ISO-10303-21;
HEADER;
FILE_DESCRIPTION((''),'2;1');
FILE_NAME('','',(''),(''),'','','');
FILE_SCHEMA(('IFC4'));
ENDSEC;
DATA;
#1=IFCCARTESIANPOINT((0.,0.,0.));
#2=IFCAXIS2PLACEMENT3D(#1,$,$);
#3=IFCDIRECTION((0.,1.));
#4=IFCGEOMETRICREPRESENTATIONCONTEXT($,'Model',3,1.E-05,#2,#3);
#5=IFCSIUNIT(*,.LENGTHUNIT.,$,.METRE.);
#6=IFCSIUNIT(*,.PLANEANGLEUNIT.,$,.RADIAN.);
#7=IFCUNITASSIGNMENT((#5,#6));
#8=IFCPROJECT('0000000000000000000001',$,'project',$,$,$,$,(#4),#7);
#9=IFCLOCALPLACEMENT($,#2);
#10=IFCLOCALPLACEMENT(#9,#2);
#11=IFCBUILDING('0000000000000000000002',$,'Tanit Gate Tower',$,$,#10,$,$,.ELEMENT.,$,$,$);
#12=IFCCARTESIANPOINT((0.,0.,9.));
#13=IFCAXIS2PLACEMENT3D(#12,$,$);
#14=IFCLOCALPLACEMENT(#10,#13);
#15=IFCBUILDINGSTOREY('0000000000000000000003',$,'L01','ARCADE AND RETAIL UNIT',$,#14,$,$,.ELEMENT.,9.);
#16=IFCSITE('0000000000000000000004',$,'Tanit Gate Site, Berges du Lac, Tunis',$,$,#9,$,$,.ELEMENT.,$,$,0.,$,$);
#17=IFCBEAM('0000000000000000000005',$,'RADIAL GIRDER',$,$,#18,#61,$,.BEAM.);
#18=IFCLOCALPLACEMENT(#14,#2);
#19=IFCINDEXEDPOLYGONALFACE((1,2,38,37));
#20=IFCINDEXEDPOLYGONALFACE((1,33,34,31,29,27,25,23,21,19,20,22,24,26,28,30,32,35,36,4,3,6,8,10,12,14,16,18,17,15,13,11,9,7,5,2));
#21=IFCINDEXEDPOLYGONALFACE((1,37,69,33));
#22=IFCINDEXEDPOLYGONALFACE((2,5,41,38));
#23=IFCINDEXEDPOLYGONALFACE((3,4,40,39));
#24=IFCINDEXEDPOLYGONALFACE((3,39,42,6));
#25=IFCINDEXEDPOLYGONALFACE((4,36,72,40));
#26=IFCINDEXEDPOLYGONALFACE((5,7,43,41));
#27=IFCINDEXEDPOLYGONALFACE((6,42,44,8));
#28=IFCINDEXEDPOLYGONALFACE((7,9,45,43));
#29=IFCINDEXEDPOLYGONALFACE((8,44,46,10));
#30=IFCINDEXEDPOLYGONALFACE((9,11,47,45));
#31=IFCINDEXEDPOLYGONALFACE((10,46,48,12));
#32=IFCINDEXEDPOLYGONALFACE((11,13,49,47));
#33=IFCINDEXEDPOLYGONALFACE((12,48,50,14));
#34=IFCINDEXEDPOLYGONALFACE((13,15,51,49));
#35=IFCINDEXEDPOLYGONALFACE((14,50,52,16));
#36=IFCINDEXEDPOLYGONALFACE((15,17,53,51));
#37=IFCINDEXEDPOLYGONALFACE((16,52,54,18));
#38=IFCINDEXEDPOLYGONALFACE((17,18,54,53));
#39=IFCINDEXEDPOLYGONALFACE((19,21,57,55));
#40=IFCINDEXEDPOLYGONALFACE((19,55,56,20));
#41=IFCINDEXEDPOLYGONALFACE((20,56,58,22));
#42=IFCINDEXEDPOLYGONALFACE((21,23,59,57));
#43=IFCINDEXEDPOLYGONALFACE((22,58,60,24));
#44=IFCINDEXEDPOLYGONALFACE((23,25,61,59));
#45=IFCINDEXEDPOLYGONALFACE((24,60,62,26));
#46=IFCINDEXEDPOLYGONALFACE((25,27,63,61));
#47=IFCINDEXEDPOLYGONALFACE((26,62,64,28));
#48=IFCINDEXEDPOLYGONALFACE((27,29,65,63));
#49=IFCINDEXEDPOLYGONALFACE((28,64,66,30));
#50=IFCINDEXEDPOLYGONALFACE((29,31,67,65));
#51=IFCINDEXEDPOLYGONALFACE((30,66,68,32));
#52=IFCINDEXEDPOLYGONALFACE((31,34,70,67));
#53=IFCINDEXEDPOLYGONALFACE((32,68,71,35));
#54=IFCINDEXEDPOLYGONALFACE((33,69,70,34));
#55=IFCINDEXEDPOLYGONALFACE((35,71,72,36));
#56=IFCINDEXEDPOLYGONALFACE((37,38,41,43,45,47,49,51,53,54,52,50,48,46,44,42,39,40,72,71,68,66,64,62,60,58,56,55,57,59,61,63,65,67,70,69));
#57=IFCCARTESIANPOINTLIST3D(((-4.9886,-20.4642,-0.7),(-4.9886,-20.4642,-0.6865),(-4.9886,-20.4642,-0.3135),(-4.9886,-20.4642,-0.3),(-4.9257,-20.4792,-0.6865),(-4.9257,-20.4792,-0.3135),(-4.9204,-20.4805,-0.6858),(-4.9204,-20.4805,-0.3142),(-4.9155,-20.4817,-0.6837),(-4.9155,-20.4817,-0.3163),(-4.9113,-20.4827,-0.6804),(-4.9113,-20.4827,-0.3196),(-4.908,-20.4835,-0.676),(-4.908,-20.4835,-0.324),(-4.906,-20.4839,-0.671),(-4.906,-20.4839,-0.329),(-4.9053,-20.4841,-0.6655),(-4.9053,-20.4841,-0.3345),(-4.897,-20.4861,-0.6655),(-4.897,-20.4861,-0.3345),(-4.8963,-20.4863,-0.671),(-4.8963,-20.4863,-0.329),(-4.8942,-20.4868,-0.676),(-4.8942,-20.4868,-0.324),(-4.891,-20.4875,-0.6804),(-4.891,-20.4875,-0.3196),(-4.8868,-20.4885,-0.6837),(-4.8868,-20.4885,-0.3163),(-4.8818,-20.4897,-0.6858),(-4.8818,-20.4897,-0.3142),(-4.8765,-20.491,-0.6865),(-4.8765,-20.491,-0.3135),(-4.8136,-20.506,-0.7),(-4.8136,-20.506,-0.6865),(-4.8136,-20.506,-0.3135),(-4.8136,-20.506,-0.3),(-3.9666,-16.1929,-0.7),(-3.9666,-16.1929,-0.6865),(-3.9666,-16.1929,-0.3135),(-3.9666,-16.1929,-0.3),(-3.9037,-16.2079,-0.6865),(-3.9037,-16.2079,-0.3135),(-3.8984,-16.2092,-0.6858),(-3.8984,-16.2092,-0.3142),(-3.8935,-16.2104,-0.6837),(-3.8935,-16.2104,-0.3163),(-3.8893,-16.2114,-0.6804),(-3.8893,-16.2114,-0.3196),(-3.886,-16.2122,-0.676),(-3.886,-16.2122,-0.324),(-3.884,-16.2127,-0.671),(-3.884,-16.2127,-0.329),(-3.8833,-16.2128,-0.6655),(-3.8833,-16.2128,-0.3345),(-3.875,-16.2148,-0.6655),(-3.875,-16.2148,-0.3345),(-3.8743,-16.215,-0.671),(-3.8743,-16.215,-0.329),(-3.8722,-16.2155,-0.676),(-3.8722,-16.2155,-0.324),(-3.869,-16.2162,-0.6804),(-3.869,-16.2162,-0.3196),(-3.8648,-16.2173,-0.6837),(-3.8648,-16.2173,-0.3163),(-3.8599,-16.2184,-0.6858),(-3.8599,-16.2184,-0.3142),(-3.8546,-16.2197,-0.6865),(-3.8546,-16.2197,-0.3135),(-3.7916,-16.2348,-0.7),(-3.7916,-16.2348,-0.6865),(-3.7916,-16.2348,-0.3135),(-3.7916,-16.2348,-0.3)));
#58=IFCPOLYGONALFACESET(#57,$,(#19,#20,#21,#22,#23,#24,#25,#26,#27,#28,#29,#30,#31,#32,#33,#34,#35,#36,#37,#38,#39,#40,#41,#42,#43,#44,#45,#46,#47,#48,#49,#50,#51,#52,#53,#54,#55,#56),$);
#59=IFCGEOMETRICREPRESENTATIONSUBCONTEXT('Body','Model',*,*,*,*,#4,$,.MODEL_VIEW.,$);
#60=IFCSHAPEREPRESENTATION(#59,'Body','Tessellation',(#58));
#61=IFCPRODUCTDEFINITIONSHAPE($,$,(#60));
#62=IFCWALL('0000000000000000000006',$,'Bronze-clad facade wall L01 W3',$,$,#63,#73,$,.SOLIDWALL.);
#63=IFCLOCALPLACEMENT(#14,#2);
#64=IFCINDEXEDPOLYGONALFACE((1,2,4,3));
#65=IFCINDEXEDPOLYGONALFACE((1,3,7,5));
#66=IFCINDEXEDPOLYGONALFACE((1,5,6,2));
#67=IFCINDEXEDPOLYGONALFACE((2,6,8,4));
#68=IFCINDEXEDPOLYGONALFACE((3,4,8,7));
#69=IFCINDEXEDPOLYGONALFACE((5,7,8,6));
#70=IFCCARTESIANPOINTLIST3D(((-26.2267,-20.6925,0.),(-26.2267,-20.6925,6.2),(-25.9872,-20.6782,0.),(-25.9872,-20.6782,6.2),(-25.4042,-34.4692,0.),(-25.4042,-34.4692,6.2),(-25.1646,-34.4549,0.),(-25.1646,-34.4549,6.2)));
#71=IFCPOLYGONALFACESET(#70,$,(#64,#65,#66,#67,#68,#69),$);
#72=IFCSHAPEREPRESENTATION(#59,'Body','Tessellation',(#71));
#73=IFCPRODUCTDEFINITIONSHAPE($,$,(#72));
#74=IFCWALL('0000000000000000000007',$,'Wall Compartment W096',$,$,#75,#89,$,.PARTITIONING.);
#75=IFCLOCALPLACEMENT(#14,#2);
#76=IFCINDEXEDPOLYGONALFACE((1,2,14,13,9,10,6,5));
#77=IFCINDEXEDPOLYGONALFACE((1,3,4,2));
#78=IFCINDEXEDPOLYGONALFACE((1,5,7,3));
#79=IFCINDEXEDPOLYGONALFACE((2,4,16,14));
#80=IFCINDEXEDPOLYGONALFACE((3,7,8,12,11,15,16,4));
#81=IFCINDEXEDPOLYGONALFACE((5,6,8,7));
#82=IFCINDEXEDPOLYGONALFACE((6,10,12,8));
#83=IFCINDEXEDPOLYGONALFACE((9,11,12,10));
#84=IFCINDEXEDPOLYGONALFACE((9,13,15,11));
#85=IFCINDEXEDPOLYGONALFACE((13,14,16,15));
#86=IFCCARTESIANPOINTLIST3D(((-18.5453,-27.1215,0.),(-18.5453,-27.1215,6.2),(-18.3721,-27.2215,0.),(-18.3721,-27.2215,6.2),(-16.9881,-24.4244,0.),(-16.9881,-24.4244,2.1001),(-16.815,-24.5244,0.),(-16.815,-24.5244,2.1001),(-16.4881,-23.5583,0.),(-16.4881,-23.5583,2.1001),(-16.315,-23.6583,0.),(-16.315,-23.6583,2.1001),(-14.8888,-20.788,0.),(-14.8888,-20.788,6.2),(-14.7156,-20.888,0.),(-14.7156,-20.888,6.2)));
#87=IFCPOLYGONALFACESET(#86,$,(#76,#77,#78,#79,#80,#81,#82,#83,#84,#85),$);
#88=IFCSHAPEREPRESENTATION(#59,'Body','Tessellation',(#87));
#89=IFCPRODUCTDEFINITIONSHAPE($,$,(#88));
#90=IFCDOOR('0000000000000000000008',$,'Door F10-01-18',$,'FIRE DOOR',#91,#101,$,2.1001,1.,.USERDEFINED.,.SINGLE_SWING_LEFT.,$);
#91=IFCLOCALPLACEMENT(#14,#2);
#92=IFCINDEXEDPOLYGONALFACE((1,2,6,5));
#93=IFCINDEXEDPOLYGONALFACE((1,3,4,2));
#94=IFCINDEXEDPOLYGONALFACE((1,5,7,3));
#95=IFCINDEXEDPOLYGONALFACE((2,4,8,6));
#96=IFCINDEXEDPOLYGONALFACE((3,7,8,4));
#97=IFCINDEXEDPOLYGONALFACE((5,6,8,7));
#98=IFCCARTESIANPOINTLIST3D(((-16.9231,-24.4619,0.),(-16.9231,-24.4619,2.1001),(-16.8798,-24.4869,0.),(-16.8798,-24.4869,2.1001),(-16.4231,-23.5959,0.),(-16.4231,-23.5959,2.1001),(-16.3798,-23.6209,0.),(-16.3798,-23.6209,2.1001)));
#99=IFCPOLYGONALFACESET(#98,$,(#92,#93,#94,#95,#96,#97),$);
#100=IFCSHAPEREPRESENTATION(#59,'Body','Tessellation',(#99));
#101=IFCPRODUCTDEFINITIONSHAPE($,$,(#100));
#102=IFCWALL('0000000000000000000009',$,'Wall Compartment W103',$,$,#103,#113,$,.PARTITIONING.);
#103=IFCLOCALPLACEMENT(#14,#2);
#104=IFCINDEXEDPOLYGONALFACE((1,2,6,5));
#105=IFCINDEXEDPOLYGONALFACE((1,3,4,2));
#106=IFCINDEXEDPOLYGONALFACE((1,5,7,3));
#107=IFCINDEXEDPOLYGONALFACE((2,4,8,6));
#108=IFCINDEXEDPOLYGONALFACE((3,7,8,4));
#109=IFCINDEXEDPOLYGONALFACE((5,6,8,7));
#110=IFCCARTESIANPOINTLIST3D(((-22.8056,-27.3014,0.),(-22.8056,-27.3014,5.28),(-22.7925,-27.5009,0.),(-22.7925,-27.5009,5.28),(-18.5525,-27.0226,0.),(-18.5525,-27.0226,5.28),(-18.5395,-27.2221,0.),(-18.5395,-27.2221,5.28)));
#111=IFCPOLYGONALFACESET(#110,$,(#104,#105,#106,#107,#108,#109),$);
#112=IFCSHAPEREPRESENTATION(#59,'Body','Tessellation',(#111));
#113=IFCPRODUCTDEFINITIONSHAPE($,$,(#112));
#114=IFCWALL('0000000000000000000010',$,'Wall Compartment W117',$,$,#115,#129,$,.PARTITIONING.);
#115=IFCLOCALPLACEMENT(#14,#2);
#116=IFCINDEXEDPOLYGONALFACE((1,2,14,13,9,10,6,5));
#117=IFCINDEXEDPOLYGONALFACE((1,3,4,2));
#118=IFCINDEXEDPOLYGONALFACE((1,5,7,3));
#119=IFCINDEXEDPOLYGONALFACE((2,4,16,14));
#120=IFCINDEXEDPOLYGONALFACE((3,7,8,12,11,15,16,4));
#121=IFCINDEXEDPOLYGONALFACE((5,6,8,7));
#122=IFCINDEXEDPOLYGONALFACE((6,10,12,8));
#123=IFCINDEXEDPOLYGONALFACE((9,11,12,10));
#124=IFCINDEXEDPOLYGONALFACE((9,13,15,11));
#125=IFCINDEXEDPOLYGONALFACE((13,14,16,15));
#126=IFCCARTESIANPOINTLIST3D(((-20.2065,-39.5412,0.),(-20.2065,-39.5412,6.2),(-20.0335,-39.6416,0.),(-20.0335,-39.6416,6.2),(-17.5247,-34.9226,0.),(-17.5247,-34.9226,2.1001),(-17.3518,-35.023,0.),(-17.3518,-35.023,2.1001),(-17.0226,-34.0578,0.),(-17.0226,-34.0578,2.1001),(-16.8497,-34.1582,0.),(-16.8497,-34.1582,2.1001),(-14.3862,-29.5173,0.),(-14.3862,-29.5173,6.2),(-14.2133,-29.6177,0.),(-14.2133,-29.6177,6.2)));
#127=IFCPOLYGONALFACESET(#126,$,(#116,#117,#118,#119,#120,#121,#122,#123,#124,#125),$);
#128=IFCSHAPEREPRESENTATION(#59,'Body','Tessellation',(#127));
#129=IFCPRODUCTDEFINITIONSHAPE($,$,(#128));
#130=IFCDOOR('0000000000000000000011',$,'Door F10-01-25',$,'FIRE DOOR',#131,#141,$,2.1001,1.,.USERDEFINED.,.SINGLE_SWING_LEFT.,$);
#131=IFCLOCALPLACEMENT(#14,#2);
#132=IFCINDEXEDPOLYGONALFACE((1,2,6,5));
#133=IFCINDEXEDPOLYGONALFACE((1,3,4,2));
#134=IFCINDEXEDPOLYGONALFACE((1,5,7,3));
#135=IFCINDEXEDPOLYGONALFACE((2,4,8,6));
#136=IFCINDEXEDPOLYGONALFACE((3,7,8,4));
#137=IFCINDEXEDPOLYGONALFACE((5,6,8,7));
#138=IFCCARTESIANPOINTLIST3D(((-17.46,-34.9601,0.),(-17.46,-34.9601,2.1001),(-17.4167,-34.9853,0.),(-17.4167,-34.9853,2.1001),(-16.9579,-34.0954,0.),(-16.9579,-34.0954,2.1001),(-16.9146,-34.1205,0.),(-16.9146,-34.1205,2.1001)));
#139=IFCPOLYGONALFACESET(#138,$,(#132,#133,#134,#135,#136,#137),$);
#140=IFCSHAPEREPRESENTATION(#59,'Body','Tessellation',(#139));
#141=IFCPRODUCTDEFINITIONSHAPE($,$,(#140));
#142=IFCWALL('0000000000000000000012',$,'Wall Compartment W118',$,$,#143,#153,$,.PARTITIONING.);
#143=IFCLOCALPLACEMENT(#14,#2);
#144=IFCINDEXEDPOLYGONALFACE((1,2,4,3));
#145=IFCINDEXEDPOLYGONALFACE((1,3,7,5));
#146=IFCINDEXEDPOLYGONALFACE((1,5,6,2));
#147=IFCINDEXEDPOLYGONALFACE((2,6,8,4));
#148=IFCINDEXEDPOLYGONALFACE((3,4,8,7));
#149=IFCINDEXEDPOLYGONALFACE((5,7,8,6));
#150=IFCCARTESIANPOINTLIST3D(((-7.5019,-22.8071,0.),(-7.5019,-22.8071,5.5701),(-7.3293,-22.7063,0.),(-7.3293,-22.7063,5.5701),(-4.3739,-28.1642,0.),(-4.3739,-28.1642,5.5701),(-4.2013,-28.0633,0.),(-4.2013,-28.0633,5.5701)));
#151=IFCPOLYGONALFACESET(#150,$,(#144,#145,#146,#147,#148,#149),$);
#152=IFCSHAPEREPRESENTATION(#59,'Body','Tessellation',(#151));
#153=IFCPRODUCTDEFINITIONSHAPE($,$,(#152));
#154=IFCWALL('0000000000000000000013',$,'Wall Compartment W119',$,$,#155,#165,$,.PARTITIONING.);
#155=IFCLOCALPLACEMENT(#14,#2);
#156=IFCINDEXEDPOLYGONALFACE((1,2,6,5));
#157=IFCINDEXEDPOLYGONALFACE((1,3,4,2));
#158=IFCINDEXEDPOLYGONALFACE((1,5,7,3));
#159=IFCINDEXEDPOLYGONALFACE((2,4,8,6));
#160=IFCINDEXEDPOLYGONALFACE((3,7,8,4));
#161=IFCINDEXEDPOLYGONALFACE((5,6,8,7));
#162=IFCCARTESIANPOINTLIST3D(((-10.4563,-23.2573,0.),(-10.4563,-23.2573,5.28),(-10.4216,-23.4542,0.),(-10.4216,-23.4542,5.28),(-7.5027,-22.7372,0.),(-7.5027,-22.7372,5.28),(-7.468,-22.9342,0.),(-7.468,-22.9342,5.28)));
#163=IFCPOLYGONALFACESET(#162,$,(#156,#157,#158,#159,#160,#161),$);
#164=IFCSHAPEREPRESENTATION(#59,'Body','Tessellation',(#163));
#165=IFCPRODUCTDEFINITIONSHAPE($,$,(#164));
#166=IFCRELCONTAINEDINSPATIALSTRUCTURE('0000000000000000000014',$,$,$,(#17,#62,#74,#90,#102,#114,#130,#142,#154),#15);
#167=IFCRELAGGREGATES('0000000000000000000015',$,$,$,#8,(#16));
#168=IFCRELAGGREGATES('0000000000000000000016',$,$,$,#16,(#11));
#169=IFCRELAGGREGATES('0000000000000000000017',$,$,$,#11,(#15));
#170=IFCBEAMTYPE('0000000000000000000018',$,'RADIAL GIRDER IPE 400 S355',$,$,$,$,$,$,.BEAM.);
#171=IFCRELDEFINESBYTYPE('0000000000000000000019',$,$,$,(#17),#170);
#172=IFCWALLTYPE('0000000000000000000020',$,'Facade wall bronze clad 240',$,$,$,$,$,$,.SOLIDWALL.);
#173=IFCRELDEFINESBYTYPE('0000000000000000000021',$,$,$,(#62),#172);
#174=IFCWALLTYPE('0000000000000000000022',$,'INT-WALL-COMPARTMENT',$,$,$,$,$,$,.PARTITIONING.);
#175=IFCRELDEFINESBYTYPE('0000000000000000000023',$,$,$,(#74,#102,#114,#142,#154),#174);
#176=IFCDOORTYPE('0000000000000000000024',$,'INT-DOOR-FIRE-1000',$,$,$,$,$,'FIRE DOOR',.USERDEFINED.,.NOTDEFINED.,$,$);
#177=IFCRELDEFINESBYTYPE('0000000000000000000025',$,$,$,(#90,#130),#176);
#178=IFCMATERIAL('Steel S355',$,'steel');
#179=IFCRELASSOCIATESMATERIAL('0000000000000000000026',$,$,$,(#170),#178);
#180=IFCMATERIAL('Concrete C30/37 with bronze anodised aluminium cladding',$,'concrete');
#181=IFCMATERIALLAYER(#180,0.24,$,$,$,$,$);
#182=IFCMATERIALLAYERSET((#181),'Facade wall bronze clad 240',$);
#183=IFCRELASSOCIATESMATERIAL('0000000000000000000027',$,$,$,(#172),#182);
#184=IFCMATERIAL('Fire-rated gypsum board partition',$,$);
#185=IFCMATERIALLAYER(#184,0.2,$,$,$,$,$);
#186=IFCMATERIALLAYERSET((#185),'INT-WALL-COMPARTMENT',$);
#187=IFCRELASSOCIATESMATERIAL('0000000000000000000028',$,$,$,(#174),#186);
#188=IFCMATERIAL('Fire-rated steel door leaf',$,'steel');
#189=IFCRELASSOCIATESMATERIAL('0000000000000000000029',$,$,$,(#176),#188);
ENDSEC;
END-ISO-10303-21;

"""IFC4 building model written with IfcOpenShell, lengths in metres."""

from ifc_helpers import new_model, si_unit, direction, frame, frame_2d, origin, origin_2d, place, context, subcontext, project, spatial, rectangle, i_section, extrude, material, layer, layer_set, material_profile, profile_set, type_object, element, fill, save


model = new_model("IFC4")

# Units and contexts
model_context = context("Model", 3, precision=1e-05, world=origin(), true_north=direction((0.0, 1.0)))
body_context = subcontext(model_context, "Body", "Model", "MODEL_VIEW")
ifc_project = project(units=[si_unit("LENGTHUNIT", "METRE"), si_unit("PLANEANGLEUNIT", "RADIAN")], contexts=[model_context])

# Site, building, storey
site_placement = place(None, origin())
site = spatial("IfcSite", under=ifc_project, at=site_placement, Name="Tanit Gate Site, Berges du Lac, Tunis", CompositionType="ELEMENT", RefElevation=0.0)
building_placement = place(site_placement, origin())
building = spatial("IfcBuilding", under=site, at=building_placement, Name="Tanit Gate Tower", CompositionType="ELEMENT")
storey_placement = place(building_placement, frame((0.0, 0.0, 9.0)))
storey = spatial("IfcBuildingStorey", under=building, at=storey_placement, Name="L01", Description="ARCADE AND RETAIL UNIT", CompositionType="ELEMENT", Elevation=9.0)

# Beam
ifc_material_1 = material(Name="Steel S355", Category="steel")
ifc_material_profile_1 = material_profile(ifc_material_1, i_section(OverallWidth=0.1799, OverallDepth=0.3999, WebThickness=0.0085, FlangeThickness=0.0134, FilletRadius=0.021, at=origin_2d()), Name="IPE 400")
ifc_profile_set_1 = profile_set([ifc_material_profile_1], Name="Steel S355")
beam_type_1 = type_object("IfcBeamType", Name="RADIAL GIRDER IPE 400 S355", PredefinedType="BEAM", material=ifc_profile_set_1)
beam_1_placement = place(storey_placement, frame((-4.9011, -20.4851, -0.5), z_axis=(0.2327, 0.972549, 0.0), x_axis=(-0.972549, 0.2327, 0.0)))
element("IfcBeam", 1, at=beam_1_placement, inside=storey, type_object=beam_type_1, Name="RADIAL GIRDER", PredefinedType="BEAM", context=body_context, shape_type="SweptSolid", body=[
    extrude(i_section(OverallWidth=0.1799, OverallDepth=0.3999, WebThickness=0.0085, FlangeThickness=0.0134, FilletRadius=0.021, at=origin_2d()), origin(), (0.0, 0.0, 1.0), 4.3918),
])

# Wall
ifc_material_2 = material(Name="Concrete C30/37 with bronze anodised aluminium cladding", Category="concrete")
ifc_layer_1 = layer(ifc_material_2, 0.24)
ifc_layer_set_1 = layer_set([ifc_layer_1], Name="Facade wall bronze clad 240")
wall_type_1 = type_object("IfcWallType", Name="Facade wall bronze clad 240", PredefinedType="SOLIDWALL", material=ifc_layer_set_1)
wall_1_placement = place(storey_placement, frame((-26.1069, -20.6853, 0.0), z_axis=(0.0, 0.0, 1.0), x_axis=(0.059596, -0.998223, 0.0)))
element("IfcWall", 2, at=wall_1_placement, inside=storey, type_object=wall_type_1, Name="Bronze-clad facade wall L01 W3", PredefinedType="SOLIDWALL", context=body_context, shape_type="SweptSolid", body=[
    extrude(rectangle(XDim=13.8013, YDim=0.24, at=frame_2d((6.9006, 0.0))), origin(), (0.0, 0.0, 1.0), 6.2),
])

# Wall, opening, door
ifc_material_3 = material(Name="Fire-rated gypsum board partition")
ifc_layer_2 = layer(ifc_material_3, 0.2)
ifc_layer_set_2 = layer_set([ifc_layer_2], Name="INT-WALL-COMPARTMENT")
wall_type_2 = type_object("IfcWallType", Name="INT-WALL-COMPARTMENT", PredefinedType="PARTITIONING", material=ifc_layer_set_2)
wall_2_placement = place(storey_placement, frame((-18.4587, -27.1716, 0.0), z_axis=(0.0, 0.0, 1.0), x_axis=(0.499984, 0.866034, 0.0)))
wall_2 = element("IfcWall", 3, at=wall_2_placement, inside=storey, type_object=wall_type_2, Name="Wall Compartment W096", PredefinedType="PARTITIONING", context=body_context, shape_type="SweptSolid", body=[
    extrude(rectangle(XDim=7.3132, YDim=0.2, at=frame_2d((3.6567, 0.0))), origin(), (0.0, 0.0, 1.0), 6.2),
])
opening_1_placement = place(wall_2_placement, frame((3.1145, 0.0, 0.0)))
opening_1 = element("IfcOpeningElement", 4, at=opening_1_placement, cuts=wall_2, PredefinedType="OPENING", context=body_context, shape_type="SweptSolid", body=[
    extrude(rectangle(XDim=1.0, YDim=2.1001, at=frame_2d((0.5, 1.05))), frame((0.0, 0.1099, 0.0), z_axis=(0.0, -1.0, 0.0), x_axis=(1.0, 0.0, 0.0)), (0.0, 0.0, 1.0), 0.22),
])
ifc_material_4 = material(Name="Fire-rated steel door leaf", Category="steel")
door_type_1 = type_object("IfcDoorType", Name="INT-DOOR-FIRE-1000", ElementType="FIRE DOOR", OperationType="NOTDEFINED", PredefinedType="USERDEFINED", material=ifc_material_4)
door_1_placement = place(opening_1_placement, origin())
door_1 = element("IfcDoor", 5, at=door_1_placement, inside=storey, type_object=door_type_1, Name="Door F10-01-18", ObjectType="FIRE DOOR", OperationType="SINGLE_SWING_LEFT", OverallHeight=2.1001, OverallWidth=1.0, PredefinedType="USERDEFINED", context=body_context, shape_type="SweptSolid", body=[
    extrude(rectangle(XDim=1.0, YDim=2.1001, at=frame_2d((0.5, 1.05))), frame((0.0, 0.0249, 0.0), z_axis=(0.0, -1.0, 0.0), x_axis=(1.0, 0.0, 0.0)), (0.0, 0.0, 1.0), 0.05),
])
fill(opening_1, door_1)

# Wall
wall_3_placement = place(storey_placement, frame((-22.7991, -27.4011, 0.0), z_axis=(0.0, 0.0, 1.0), x_axis=(0.997858, 0.065413, 0.0)))
element("IfcWall", 6, at=wall_3_placement, inside=storey, type_object=wall_type_2, Name="Wall Compartment W103", PredefinedType="PARTITIONING", context=body_context, shape_type="SweptSolid", body=[
    extrude(rectangle(XDim=4.2622, YDim=0.2, at=frame_2d((2.1311, 0.0))), origin(), (0.0, 0.0, 1.0), 5.28),
])

# Wall, opening, door
wall_4_placement = place(storey_placement, frame((-14.2998, -29.5676, 0.0), z_axis=(0.0, 0.0, 1.0), x_axis=(-0.502133, -0.86479, 0.0)))
wall_4 = element("IfcWall", 7, at=wall_4_placement, inside=storey, type_object=wall_type_2, Name="Wall Compartment W117", PredefinedType="PARTITIONING", context=body_context, shape_type="SweptSolid", body=[
    extrude(rectangle(XDim=11.5911, YDim=0.2, at=frame_2d((5.7954, 0.0))), origin(), (0.0, 0.0, 1.0), 6.2),
])
opening_2_placement = place(wall_4_placement, frame((5.2502, 0.0, 0.0)))
opening_2 = element("IfcOpeningElement", 8, at=opening_2_placement, cuts=wall_4, PredefinedType="OPENING", context=body_context, shape_type="SweptSolid", body=[
    extrude(rectangle(XDim=1.0, YDim=2.1001, at=frame_2d((0.5, 1.05))), frame((0.0, 0.1099, 0.0), z_axis=(0.0, -1.0, 0.0), x_axis=(1.0, 0.0, 0.0)), (0.0, 0.0, 1.0), 0.22),
])
door_2_placement = place(opening_2_placement, origin())
door_2 = element("IfcDoor", 9, at=door_2_placement, inside=storey, type_object=door_type_1, Name="Door F10-01-25", ObjectType="FIRE DOOR", OperationType="SINGLE_SWING_LEFT", OverallHeight=2.1001, OverallWidth=1.0, PredefinedType="USERDEFINED", context=body_context, shape_type="SweptSolid", body=[
    extrude(rectangle(XDim=1.0, YDim=2.1001, at=frame_2d((0.5, 1.05))), frame((0.0, 0.0249, 0.0), z_axis=(0.0, -1.0, 0.0), x_axis=(1.0, 0.0, 0.0)), (0.0, 0.0, 1.0), 0.05),
])
fill(opening_2, door_2)

# Walls
wall_5_placement = place(storey_placement, frame((-7.4155, -22.7568, 0.0), z_axis=(0.0, 0.0, 1.0), x_axis=(0.504238, -0.863565, 0.0)))
element("IfcWall", 10, at=wall_5_placement, inside=storey, type_object=wall_type_2, Name="Wall Compartment W118", PredefinedType="PARTITIONING", context=body_context, shape_type="SweptSolid", body=[
    extrude(rectangle(XDim=6.2034, YDim=0.2, at=frame_2d((3.1016, 0.0))), origin(), (0.0, 0.0, 1.0), 5.5701),
])
wall_6_placement = place(storey_placement, frame((-10.439, -23.3557, 0.0), z_axis=(0.0, 0.0, 1.0), x_axis=(0.984852, 0.173395, 0.0)))
element("IfcWall", 11, at=wall_6_placement, inside=storey, type_object=wall_type_2, Name="Wall Compartment W119", PredefinedType="PARTITIONING", context=body_context, shape_type="SweptSolid", body=[
    extrude(rectangle(XDim=2.999, YDim=0.2, at=frame_2d((1.4995, 0.0))), origin(), (0.0, 0.0, 1.0), 5.28),
])

save(model, "model.ifc")
